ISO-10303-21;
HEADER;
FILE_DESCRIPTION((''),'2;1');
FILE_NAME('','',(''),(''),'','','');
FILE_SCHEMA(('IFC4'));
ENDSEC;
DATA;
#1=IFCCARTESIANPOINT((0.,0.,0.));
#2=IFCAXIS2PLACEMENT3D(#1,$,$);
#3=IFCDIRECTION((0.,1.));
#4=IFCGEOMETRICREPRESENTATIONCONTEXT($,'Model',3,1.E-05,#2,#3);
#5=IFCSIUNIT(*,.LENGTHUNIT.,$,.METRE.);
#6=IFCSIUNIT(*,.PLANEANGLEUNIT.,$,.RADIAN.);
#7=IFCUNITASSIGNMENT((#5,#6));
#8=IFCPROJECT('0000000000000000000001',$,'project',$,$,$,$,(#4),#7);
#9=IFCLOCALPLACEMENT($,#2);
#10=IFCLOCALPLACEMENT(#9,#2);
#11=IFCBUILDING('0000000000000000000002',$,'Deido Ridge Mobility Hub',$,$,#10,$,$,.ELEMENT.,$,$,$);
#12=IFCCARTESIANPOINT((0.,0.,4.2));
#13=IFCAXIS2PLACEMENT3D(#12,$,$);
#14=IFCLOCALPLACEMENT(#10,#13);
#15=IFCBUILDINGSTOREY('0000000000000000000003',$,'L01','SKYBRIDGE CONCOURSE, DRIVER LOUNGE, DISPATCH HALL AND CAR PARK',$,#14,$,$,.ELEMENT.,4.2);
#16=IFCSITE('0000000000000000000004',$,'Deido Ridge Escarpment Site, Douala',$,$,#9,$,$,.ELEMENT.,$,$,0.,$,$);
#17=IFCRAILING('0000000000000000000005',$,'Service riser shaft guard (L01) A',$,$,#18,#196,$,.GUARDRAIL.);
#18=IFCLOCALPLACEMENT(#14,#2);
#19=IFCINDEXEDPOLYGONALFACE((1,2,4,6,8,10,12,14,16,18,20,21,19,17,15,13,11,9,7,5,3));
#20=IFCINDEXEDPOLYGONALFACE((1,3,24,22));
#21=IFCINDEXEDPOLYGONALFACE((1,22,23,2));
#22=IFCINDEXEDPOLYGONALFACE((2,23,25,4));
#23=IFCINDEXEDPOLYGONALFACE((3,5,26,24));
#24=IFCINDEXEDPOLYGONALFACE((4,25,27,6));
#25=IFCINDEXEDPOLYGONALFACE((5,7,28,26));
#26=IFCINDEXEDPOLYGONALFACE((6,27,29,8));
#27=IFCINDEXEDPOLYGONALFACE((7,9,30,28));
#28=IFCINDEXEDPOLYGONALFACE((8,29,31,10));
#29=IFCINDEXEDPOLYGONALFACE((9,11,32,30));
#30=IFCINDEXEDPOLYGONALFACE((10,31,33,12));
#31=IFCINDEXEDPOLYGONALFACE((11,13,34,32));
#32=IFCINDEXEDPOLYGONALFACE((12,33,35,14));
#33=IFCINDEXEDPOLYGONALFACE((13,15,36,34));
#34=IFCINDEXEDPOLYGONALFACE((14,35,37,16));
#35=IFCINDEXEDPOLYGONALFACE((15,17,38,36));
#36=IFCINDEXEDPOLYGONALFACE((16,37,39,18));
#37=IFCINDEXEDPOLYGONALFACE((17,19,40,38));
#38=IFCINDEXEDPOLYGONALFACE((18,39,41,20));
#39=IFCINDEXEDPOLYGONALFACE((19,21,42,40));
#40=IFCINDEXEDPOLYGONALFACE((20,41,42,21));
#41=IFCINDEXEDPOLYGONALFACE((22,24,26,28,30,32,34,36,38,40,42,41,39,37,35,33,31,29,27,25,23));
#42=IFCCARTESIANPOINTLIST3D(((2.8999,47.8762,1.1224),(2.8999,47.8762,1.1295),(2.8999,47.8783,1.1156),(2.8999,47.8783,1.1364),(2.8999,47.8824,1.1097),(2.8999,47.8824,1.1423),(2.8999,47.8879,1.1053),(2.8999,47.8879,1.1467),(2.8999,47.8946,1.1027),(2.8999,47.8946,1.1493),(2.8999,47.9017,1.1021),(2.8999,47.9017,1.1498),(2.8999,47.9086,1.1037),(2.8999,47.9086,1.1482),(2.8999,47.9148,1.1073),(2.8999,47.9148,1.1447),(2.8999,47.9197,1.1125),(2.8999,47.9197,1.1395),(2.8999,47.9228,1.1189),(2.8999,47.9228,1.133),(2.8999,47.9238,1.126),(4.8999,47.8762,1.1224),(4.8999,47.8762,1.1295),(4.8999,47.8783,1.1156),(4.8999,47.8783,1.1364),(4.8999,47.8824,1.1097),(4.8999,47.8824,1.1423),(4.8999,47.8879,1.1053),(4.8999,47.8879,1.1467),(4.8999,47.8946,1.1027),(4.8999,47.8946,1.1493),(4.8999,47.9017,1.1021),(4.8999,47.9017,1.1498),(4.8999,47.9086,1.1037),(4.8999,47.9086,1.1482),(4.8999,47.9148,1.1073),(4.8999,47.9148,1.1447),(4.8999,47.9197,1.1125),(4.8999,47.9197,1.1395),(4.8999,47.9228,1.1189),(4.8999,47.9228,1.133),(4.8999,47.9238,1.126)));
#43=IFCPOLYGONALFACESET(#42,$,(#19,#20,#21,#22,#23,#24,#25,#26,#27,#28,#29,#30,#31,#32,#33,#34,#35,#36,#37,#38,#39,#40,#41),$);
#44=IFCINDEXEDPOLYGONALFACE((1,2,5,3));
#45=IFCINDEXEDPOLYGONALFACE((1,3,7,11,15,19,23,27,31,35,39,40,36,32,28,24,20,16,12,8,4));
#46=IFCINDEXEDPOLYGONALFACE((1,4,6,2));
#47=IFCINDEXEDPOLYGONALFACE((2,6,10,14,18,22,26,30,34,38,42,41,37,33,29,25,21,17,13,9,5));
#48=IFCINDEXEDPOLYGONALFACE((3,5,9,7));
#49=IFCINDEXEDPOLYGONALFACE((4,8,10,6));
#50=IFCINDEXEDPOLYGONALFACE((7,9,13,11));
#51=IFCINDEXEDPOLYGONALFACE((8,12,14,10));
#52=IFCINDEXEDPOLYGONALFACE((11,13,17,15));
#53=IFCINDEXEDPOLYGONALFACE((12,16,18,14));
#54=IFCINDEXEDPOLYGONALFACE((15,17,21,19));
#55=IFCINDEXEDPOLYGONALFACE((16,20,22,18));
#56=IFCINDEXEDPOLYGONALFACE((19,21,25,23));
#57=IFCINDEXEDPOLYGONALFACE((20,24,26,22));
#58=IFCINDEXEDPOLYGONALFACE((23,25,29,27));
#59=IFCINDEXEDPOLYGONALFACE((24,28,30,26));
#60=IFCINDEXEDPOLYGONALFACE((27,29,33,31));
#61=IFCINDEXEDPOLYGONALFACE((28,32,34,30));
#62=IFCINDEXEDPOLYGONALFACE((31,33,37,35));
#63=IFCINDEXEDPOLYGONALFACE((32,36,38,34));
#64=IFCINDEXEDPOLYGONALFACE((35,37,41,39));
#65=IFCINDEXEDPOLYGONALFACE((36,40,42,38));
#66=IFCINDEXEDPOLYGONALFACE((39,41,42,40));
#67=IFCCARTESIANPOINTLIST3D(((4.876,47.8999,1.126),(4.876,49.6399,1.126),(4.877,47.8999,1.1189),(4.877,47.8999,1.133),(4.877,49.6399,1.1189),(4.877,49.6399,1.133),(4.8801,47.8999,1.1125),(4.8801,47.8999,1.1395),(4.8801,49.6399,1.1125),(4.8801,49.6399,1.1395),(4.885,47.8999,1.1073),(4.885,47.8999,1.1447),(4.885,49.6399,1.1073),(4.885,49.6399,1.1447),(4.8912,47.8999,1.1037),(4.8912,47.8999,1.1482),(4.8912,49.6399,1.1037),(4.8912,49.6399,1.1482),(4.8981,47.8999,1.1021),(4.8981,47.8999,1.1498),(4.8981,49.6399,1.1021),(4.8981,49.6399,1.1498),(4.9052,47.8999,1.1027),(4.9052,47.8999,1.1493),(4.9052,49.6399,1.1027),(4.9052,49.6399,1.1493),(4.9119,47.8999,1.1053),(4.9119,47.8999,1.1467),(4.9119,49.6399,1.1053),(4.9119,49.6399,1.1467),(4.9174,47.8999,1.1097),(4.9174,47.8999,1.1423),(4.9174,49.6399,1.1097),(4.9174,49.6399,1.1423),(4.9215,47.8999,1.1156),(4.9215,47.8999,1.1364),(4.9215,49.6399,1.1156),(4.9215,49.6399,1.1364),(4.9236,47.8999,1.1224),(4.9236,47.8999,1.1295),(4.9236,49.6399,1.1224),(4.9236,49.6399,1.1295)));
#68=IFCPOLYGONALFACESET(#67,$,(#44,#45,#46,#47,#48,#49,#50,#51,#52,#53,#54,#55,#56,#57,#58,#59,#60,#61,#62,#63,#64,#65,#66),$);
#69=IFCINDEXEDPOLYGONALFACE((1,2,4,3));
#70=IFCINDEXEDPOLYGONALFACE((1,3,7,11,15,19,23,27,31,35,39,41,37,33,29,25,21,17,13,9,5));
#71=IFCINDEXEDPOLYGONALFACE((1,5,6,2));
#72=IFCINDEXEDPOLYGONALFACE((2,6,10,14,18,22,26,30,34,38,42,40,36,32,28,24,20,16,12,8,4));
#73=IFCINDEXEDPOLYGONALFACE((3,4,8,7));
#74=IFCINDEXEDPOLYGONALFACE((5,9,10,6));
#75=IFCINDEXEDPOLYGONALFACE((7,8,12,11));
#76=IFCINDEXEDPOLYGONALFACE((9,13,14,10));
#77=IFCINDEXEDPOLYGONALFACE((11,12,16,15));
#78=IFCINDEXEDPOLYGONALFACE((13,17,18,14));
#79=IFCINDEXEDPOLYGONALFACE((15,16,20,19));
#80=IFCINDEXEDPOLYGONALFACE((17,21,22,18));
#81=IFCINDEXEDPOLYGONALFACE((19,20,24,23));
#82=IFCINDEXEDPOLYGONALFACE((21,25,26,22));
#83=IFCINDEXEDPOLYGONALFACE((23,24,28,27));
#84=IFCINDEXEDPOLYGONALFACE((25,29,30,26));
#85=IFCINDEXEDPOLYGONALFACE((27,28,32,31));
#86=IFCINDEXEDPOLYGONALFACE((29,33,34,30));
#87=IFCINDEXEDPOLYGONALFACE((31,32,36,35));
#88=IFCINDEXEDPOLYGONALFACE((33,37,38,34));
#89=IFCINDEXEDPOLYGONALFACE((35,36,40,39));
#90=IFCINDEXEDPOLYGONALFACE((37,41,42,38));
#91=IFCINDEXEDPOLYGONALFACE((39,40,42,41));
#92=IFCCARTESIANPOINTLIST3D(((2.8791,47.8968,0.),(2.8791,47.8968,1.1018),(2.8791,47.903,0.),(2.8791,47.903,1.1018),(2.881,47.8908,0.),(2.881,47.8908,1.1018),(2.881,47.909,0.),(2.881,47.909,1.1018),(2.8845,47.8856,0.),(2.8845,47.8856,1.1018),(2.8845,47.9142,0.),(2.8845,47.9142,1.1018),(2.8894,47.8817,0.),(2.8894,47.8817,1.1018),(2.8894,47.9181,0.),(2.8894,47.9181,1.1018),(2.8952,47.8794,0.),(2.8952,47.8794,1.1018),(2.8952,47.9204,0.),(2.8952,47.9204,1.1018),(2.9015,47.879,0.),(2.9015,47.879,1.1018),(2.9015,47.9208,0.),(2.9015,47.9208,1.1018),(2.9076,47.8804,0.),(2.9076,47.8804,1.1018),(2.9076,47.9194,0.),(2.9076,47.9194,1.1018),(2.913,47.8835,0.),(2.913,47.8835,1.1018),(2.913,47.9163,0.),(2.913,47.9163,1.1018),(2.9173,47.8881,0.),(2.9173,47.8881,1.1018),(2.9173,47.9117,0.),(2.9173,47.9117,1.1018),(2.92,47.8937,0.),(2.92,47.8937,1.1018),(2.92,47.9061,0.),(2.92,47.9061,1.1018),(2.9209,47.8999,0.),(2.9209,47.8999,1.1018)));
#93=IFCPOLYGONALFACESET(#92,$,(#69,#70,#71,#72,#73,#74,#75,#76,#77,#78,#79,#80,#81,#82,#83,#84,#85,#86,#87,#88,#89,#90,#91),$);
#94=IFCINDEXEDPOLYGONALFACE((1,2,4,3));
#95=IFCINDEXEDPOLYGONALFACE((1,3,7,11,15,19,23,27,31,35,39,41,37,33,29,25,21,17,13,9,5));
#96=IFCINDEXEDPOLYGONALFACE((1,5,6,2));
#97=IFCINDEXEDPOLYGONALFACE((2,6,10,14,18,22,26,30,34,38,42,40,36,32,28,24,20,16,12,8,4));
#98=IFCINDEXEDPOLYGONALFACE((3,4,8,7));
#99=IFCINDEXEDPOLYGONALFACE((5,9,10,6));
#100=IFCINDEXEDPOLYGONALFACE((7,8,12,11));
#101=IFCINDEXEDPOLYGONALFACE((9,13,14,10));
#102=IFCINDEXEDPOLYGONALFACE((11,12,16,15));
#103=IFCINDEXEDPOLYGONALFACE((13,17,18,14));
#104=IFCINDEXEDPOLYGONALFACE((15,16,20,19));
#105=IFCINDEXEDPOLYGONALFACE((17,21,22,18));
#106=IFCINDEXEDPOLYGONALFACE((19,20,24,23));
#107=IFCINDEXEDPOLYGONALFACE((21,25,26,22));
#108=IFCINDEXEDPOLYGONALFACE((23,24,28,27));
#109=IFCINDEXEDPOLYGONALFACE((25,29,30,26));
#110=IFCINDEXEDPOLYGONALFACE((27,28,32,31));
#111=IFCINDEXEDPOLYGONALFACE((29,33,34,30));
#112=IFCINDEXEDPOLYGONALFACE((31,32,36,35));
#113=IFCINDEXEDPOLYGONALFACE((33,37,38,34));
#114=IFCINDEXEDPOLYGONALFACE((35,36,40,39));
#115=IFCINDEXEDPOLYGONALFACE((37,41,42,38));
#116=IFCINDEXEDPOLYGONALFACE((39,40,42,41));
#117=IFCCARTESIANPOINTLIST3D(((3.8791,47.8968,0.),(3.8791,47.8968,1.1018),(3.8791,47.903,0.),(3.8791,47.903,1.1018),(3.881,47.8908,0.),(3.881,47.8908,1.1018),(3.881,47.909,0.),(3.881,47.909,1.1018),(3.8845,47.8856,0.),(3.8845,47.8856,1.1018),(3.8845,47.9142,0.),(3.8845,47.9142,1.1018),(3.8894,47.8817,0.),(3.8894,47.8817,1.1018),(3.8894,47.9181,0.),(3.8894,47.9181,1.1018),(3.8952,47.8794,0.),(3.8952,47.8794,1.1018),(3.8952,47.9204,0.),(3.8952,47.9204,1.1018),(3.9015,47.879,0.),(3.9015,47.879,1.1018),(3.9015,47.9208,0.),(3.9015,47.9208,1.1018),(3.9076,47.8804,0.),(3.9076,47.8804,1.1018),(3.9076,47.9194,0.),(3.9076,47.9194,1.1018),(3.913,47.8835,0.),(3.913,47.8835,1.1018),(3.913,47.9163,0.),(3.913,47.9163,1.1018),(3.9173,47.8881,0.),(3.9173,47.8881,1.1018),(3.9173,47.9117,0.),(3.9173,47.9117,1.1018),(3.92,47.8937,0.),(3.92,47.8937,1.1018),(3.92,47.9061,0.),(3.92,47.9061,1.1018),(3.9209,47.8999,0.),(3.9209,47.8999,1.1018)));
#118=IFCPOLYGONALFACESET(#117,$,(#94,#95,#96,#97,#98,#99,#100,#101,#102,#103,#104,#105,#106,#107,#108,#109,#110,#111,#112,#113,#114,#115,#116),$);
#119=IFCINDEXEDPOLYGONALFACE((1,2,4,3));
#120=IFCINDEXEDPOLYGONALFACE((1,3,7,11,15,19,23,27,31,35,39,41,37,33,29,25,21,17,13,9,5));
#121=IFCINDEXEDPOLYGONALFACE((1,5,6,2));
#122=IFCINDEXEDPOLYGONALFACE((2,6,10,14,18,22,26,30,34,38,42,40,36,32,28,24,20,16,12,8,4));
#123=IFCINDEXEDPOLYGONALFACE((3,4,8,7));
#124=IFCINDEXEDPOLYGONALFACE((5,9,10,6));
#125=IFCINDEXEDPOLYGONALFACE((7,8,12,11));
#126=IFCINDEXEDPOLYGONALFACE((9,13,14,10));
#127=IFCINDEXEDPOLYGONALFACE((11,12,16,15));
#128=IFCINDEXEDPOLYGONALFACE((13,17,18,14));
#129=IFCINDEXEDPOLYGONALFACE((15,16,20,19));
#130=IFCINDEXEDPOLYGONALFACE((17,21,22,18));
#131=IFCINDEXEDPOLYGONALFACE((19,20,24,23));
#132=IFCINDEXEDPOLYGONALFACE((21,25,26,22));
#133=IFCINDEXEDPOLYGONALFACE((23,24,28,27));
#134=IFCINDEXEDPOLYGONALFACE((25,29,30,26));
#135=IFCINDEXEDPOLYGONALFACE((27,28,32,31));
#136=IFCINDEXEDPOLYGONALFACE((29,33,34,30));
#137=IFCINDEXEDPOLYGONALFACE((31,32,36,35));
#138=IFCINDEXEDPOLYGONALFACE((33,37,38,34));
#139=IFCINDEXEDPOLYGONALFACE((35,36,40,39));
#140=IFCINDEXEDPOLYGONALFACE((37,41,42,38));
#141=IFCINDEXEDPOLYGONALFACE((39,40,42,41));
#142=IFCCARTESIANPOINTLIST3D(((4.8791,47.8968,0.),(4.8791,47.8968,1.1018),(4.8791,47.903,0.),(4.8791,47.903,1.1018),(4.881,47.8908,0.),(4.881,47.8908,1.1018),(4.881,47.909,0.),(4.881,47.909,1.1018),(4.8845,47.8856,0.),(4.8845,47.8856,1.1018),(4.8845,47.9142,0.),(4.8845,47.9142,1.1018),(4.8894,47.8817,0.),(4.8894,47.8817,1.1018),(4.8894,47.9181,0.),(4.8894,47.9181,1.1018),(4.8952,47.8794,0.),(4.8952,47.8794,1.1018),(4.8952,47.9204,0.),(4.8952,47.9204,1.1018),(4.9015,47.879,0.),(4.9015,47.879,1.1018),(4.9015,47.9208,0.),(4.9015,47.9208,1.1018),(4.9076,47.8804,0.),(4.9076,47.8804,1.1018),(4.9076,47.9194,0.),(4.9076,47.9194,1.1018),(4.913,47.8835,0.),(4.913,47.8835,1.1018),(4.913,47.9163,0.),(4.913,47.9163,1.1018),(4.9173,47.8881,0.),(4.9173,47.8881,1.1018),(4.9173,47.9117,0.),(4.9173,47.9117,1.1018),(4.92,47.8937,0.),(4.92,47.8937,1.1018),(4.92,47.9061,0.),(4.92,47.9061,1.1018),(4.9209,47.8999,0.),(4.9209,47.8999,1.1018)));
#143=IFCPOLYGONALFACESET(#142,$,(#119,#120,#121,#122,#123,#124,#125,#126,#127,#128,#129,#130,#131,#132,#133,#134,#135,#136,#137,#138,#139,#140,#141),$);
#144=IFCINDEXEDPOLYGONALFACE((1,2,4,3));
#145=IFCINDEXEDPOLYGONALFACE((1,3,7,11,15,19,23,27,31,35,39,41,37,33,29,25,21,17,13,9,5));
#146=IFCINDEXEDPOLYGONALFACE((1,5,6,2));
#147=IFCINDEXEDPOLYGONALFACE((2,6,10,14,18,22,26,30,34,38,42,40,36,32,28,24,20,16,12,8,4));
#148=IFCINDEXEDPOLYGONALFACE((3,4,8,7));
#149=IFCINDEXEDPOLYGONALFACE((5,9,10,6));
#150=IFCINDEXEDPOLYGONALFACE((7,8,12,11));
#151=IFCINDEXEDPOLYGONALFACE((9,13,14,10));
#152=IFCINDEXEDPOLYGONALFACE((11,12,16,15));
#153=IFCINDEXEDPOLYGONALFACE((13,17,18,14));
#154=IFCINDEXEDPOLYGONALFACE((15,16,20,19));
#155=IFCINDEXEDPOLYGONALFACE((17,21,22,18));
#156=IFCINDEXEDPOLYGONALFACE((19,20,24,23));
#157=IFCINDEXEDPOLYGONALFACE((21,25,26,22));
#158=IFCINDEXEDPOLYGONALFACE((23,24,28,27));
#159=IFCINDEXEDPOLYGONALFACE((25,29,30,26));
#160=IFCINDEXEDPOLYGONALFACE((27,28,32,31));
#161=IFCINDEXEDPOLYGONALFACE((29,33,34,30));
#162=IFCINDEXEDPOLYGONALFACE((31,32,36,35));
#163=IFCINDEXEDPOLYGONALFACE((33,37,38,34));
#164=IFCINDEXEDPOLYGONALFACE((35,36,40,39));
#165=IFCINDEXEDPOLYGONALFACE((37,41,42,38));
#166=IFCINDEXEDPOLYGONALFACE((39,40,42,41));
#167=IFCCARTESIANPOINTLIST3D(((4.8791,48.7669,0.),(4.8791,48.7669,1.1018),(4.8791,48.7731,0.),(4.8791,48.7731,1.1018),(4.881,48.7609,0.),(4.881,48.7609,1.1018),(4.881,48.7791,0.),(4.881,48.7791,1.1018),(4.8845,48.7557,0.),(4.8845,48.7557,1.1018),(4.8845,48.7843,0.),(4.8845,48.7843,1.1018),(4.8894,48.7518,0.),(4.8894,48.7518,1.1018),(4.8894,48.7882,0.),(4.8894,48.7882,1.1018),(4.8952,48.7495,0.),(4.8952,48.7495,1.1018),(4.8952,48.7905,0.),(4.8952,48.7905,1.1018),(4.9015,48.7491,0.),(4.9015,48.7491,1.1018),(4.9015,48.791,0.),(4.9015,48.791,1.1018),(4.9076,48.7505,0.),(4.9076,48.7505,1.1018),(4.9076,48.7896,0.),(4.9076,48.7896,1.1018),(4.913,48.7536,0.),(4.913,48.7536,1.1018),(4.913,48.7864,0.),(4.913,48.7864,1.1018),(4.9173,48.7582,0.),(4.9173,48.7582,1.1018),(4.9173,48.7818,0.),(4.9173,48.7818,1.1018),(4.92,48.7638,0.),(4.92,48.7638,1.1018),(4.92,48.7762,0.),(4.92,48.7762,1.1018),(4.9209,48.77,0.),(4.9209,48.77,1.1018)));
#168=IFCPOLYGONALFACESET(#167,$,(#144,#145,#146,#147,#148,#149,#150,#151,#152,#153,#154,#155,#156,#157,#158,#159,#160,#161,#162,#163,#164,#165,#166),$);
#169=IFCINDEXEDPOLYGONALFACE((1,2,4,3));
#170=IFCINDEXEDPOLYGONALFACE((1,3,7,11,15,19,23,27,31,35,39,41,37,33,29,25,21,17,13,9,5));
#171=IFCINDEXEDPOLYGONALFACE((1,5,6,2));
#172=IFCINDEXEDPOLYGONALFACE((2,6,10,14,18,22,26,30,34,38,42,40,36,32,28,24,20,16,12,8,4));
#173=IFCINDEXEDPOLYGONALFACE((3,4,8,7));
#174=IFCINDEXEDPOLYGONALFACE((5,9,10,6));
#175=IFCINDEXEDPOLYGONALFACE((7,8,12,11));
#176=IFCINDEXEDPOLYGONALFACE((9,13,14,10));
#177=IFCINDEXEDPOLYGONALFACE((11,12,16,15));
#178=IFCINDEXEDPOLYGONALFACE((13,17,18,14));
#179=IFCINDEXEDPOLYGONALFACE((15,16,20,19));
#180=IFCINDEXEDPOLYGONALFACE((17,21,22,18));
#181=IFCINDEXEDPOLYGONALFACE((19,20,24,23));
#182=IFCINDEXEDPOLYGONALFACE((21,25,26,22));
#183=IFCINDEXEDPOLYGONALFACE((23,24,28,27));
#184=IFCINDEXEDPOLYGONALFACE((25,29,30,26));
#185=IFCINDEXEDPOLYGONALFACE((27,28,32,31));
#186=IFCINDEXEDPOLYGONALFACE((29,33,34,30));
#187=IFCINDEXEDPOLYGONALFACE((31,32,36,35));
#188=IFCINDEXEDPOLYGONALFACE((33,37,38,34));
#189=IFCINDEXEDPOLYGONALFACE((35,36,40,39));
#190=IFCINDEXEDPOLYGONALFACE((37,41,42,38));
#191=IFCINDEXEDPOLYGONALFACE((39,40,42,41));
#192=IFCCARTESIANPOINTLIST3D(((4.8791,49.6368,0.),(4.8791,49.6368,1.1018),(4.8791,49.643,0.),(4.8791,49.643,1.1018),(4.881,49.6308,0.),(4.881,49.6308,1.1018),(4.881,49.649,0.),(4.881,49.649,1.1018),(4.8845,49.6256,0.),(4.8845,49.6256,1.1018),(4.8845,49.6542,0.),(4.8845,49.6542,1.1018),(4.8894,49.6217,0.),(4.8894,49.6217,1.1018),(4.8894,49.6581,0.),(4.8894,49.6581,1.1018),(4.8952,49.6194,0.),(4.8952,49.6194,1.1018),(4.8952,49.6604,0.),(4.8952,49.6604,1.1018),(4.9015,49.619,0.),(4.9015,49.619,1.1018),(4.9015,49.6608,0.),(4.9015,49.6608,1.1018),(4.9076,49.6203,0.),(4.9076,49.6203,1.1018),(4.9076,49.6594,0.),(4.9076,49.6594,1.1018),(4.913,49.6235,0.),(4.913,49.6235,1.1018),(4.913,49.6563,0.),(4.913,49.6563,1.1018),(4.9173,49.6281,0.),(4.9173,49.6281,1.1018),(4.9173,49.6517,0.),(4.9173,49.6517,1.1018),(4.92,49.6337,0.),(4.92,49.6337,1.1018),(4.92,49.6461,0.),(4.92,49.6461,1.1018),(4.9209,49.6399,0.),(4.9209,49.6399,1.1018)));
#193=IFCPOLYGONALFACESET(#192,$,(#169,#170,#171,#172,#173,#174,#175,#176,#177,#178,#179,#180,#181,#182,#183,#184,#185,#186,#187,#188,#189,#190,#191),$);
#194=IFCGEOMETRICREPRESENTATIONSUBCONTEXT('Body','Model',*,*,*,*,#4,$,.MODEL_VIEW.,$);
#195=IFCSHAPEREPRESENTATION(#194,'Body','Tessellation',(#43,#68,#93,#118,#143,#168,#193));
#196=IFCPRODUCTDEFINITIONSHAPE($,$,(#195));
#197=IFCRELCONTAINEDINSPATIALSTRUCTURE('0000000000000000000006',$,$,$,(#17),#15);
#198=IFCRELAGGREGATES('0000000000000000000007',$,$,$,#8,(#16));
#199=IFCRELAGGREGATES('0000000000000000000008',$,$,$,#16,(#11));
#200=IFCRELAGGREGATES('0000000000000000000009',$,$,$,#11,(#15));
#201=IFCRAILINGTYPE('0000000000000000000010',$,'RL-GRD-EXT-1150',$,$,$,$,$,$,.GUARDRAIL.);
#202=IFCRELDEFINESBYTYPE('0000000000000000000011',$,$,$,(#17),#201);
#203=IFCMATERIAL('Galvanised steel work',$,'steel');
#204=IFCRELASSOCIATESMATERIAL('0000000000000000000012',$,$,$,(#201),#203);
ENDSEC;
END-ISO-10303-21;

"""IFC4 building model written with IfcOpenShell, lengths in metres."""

from ifc_helpers import new_model, si_unit, direction, frame, origin, origin_2d, place, context, subcontext, project, spatial, circle, extrude, material, type_object, element, save


model = new_model("IFC4")

# Units and contexts
model_context = context("Model", 3, precision=1e-05, world=origin(), true_north=direction((0.0, 1.0)))
body_context = subcontext(model_context, "Body", "Model", "MODEL_VIEW")
ifc_project = project(units=[si_unit("LENGTHUNIT", "METRE"), si_unit("PLANEANGLEUNIT", "RADIAN")], contexts=[model_context])

# Site, building, storey
site_placement = place(None, origin())
site = spatial("IfcSite", under=ifc_project, at=site_placement, Name="Deido Ridge Escarpment Site, Douala", CompositionType="ELEMENT", RefElevation=0.0)
building_placement = place(site_placement, origin())
building = spatial("IfcBuilding", under=site, at=building_placement, Name="Deido Ridge Mobility Hub", CompositionType="ELEMENT")
storey_placement = place(building_placement, frame((0.0, 0.0, 4.2)))
storey = spatial("IfcBuildingStorey", under=building, at=storey_placement, Name="L01", Description="SKYBRIDGE CONCOURSE, DRIVER LOUNGE, DISPATCH HALL AND CAR PARK", CompositionType="ELEMENT", Elevation=4.2)

# Railing
ifc_material_1 = material(Name="Galvanised steel work", Category="steel")
railing_type = type_object("IfcRailingType", Name="RL-GRD-EXT-1150", PredefinedType="GUARDRAIL", material=ifc_material_1)
railing_placement = place(storey_placement, frame((2.8999, 47.8999, 0.0)))
element("IfcRailing", 1, at=railing_placement, inside=storey, type_object=railing_type, Name="Service riser shaft guard (L01) A", PredefinedType="GUARDRAIL", context=body_context, shape_type="SweptSolid", body=[
    extrude(circle(Radius=0.0239, at=origin_2d()), frame((0.0, 0.0, 1.126), z_axis=(1.0, 0.0, 0.0), x_axis=(0.0, 1.0, 0.0)), (0.0, 0.0, 1.0), 2.0),
    extrude(circle(Radius=0.0239, at=origin_2d()), frame((2.0, 0.0, 1.126), z_axis=(0.0, 1.0, 0.0), x_axis=(-1.0, 0.0, 0.0)), (0.0, 0.0, 1.0), 1.74),
    extrude(circle(Radius=0.021, at=origin_2d()), origin(), (0.0, 0.0, 1.0), 1.1018),
    extrude(circle(Radius=0.021, at=origin_2d()), frame((1.0, 0.0, 0.0)), (0.0, 0.0, 1.0), 1.1018),
    extrude(circle(Radius=0.021, at=origin_2d()), frame((2.0, 0.0, 0.0)), (0.0, 0.0, 1.0), 1.1018),
    extrude(circle(Radius=0.021, at=origin_2d()), frame((2.0, 0.8701, 0.0)), (0.0, 0.0, 1.0), 1.1018),
    extrude(circle(Radius=0.021, at=origin_2d()), frame((2.0, 1.74, 0.0)), (0.0, 0.0, 1.0), 1.1018),
])

save(model, "model.ifc")
